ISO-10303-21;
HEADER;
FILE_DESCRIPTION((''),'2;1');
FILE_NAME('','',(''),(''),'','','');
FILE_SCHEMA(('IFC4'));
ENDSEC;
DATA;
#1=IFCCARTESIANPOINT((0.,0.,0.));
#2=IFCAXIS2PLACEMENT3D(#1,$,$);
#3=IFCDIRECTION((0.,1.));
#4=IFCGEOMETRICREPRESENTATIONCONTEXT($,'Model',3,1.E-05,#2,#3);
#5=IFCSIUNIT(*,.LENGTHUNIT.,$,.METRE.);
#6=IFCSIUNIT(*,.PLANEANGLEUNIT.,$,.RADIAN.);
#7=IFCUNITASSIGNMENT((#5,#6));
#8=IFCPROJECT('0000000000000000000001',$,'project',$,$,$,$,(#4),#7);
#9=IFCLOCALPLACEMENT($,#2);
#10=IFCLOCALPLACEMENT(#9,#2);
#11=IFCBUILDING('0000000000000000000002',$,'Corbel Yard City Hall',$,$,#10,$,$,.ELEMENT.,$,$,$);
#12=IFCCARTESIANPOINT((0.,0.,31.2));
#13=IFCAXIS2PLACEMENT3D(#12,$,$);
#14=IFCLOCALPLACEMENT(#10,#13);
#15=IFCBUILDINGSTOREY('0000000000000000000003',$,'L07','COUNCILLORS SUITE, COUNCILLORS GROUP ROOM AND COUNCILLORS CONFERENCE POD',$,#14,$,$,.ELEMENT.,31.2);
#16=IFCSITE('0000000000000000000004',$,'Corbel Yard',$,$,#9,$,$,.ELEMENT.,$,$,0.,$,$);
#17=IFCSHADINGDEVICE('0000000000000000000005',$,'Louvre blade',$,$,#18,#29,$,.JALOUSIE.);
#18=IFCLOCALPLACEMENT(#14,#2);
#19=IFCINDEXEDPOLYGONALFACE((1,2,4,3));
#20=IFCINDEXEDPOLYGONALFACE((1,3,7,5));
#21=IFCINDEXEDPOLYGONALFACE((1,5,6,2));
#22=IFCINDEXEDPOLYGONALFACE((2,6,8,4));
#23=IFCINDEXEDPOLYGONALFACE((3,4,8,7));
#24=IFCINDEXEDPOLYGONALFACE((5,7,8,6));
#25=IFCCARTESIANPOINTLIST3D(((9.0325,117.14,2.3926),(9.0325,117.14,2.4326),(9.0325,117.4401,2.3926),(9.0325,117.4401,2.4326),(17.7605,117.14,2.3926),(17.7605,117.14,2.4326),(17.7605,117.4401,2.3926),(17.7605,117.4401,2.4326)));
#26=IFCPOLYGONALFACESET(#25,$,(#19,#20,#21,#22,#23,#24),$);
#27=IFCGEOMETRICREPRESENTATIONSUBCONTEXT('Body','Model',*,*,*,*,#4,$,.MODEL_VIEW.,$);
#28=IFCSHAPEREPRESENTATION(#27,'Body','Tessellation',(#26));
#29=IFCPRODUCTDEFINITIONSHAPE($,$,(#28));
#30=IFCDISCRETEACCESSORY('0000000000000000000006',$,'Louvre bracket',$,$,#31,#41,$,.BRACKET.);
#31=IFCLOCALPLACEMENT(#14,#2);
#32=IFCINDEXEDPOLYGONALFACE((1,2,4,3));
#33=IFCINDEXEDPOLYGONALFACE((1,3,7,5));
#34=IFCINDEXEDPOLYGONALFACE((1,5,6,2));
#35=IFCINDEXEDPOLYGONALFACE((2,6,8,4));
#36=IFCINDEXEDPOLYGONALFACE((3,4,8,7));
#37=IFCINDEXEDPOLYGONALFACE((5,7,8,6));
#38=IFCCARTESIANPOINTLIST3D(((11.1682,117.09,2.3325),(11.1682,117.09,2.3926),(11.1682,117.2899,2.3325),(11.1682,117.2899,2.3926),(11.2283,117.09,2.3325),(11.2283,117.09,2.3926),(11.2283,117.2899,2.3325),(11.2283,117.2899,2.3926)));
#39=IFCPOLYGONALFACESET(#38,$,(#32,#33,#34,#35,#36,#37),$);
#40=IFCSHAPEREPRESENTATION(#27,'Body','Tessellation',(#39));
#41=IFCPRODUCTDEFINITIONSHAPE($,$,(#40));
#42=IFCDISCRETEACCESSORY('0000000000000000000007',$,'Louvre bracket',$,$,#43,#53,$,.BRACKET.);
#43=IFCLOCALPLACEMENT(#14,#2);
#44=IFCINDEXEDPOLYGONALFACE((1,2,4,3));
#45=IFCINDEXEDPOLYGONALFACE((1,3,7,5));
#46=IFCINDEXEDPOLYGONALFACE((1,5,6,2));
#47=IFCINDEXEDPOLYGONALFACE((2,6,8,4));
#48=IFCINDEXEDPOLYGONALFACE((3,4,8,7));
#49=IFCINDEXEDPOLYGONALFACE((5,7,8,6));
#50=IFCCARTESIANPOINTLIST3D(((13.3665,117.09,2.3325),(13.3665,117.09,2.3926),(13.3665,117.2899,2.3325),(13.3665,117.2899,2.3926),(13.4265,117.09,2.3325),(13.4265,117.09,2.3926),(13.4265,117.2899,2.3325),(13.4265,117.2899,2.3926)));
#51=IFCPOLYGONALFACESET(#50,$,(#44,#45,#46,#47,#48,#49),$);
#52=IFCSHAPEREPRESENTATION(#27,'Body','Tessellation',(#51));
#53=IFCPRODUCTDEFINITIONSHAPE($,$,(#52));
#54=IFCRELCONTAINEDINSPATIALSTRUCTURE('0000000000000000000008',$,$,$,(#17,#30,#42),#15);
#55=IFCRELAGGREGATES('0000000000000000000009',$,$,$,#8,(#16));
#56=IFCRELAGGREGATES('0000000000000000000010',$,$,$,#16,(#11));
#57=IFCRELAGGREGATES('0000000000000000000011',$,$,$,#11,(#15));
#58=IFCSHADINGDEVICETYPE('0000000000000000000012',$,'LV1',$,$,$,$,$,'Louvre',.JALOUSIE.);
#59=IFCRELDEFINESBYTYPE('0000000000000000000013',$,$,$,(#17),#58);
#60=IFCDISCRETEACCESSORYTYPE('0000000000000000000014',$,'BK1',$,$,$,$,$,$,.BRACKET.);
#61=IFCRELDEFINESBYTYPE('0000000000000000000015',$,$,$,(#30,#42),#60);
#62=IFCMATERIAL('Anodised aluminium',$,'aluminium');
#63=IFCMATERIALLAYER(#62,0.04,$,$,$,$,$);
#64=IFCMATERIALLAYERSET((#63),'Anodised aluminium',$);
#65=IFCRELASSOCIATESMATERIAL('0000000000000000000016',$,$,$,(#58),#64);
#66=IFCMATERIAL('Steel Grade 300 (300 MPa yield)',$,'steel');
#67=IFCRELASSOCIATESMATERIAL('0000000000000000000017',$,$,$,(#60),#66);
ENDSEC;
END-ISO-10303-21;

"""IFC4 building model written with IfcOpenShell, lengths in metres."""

from ifc_helpers import new_model, si_unit, direction, frame, origin, origin_2d, place, context, subcontext, project, spatial, rectangle, extrude, material, layer, layer_set, type_object, element, save


model = new_model("IFC4")

# Units and contexts
model_context = context("Model", 3, precision=1e-05, world=origin(), true_north=direction((0.0, 1.0)))
body_context = subcontext(model_context, "Body", "Model", "MODEL_VIEW")
ifc_project = project(units=[si_unit("LENGTHUNIT", "METRE"), si_unit("PLANEANGLEUNIT", "RADIAN")], contexts=[model_context])

# Site, building, storey
site_placement = place(None, origin())
site = spatial("IfcSite", under=ifc_project, at=site_placement, Name="Corbel Yard", CompositionType="ELEMENT", RefElevation=0.0)
building_placement = place(site_placement, origin())
building = spatial("IfcBuilding", under=site, at=building_placement, Name="Corbel Yard City Hall", CompositionType="ELEMENT")
storey_placement = place(building_placement, frame((0.0, 0.0, 31.2)))
storey = spatial("IfcBuildingStorey", under=building, at=storey_placement, Name="L07", Description="COUNCILLORS SUITE, COUNCILLORS GROUP ROOM AND COUNCILLORS CONFERENCE POD", CompositionType="ELEMENT", Elevation=31.2)

# Shading device
ifc_material_1 = material(Name="Anodised aluminium", Category="aluminium")
ifc_layer_1 = layer(ifc_material_1, 0.04)
ifc_layer_set_1 = layer_set([ifc_layer_1], Name="Anodised aluminium")
shading_device_type = type_object("IfcShadingDeviceType", Name="LV1", ElementType="Louvre", PredefinedType="JALOUSIE", material=ifc_layer_set_1)
shading_device_placement = place(storey_placement, frame((13.3965, 117.29, 2.3926), z_axis=(0.0, 0.0, 1.0), x_axis=(1.0, 0.0, 0.0)))
element("IfcShadingDevice", 1, at=shading_device_placement, inside=storey, type_object=shading_device_type, Name="Louvre blade", PredefinedType="JALOUSIE", context=body_context, shape_type="SweptSolid", body=[
    extrude(rectangle(XDim=8.728, YDim=0.3, at=origin_2d()), origin(), (0.0, 0.0, 1.0), 0.04),
])

# Discrete accessories
ifc_material_2 = material(Name="Steel Grade 300 (300 MPa yield)", Category="steel")
discrete_accessory_type = type_object("IfcDiscreteAccessoryType", Name="BK1", PredefinedType="BRACKET", material=ifc_material_2)
for number, where, z_axis, x_axis, name in (
    (2, (11.1982, 117.1899, 2.3325), (0.0, 0.0, 1.0), (1.0, 0.0, 0.0), "Louvre bracket"),
    (3, (13.3965, 117.1899, 2.3325), (0.0, 0.0, 1.0), (1.0, 0.0, 0.0), "Louvre bracket"),
):
    element("IfcDiscreteAccessory", number, at=place(storey_placement, frame(where, z_axis=z_axis, x_axis=x_axis)), inside=storey, type_object=discrete_accessory_type, Name=name, PredefinedType="BRACKET", context=body_context, shape_type="SweptSolid", body=[
        extrude(rectangle(XDim=0.0601, YDim=0.2, at=origin_2d()), origin(), (0.0, 0.0, 1.0), 0.0601),
    ])

save(model, "model.ifc")
